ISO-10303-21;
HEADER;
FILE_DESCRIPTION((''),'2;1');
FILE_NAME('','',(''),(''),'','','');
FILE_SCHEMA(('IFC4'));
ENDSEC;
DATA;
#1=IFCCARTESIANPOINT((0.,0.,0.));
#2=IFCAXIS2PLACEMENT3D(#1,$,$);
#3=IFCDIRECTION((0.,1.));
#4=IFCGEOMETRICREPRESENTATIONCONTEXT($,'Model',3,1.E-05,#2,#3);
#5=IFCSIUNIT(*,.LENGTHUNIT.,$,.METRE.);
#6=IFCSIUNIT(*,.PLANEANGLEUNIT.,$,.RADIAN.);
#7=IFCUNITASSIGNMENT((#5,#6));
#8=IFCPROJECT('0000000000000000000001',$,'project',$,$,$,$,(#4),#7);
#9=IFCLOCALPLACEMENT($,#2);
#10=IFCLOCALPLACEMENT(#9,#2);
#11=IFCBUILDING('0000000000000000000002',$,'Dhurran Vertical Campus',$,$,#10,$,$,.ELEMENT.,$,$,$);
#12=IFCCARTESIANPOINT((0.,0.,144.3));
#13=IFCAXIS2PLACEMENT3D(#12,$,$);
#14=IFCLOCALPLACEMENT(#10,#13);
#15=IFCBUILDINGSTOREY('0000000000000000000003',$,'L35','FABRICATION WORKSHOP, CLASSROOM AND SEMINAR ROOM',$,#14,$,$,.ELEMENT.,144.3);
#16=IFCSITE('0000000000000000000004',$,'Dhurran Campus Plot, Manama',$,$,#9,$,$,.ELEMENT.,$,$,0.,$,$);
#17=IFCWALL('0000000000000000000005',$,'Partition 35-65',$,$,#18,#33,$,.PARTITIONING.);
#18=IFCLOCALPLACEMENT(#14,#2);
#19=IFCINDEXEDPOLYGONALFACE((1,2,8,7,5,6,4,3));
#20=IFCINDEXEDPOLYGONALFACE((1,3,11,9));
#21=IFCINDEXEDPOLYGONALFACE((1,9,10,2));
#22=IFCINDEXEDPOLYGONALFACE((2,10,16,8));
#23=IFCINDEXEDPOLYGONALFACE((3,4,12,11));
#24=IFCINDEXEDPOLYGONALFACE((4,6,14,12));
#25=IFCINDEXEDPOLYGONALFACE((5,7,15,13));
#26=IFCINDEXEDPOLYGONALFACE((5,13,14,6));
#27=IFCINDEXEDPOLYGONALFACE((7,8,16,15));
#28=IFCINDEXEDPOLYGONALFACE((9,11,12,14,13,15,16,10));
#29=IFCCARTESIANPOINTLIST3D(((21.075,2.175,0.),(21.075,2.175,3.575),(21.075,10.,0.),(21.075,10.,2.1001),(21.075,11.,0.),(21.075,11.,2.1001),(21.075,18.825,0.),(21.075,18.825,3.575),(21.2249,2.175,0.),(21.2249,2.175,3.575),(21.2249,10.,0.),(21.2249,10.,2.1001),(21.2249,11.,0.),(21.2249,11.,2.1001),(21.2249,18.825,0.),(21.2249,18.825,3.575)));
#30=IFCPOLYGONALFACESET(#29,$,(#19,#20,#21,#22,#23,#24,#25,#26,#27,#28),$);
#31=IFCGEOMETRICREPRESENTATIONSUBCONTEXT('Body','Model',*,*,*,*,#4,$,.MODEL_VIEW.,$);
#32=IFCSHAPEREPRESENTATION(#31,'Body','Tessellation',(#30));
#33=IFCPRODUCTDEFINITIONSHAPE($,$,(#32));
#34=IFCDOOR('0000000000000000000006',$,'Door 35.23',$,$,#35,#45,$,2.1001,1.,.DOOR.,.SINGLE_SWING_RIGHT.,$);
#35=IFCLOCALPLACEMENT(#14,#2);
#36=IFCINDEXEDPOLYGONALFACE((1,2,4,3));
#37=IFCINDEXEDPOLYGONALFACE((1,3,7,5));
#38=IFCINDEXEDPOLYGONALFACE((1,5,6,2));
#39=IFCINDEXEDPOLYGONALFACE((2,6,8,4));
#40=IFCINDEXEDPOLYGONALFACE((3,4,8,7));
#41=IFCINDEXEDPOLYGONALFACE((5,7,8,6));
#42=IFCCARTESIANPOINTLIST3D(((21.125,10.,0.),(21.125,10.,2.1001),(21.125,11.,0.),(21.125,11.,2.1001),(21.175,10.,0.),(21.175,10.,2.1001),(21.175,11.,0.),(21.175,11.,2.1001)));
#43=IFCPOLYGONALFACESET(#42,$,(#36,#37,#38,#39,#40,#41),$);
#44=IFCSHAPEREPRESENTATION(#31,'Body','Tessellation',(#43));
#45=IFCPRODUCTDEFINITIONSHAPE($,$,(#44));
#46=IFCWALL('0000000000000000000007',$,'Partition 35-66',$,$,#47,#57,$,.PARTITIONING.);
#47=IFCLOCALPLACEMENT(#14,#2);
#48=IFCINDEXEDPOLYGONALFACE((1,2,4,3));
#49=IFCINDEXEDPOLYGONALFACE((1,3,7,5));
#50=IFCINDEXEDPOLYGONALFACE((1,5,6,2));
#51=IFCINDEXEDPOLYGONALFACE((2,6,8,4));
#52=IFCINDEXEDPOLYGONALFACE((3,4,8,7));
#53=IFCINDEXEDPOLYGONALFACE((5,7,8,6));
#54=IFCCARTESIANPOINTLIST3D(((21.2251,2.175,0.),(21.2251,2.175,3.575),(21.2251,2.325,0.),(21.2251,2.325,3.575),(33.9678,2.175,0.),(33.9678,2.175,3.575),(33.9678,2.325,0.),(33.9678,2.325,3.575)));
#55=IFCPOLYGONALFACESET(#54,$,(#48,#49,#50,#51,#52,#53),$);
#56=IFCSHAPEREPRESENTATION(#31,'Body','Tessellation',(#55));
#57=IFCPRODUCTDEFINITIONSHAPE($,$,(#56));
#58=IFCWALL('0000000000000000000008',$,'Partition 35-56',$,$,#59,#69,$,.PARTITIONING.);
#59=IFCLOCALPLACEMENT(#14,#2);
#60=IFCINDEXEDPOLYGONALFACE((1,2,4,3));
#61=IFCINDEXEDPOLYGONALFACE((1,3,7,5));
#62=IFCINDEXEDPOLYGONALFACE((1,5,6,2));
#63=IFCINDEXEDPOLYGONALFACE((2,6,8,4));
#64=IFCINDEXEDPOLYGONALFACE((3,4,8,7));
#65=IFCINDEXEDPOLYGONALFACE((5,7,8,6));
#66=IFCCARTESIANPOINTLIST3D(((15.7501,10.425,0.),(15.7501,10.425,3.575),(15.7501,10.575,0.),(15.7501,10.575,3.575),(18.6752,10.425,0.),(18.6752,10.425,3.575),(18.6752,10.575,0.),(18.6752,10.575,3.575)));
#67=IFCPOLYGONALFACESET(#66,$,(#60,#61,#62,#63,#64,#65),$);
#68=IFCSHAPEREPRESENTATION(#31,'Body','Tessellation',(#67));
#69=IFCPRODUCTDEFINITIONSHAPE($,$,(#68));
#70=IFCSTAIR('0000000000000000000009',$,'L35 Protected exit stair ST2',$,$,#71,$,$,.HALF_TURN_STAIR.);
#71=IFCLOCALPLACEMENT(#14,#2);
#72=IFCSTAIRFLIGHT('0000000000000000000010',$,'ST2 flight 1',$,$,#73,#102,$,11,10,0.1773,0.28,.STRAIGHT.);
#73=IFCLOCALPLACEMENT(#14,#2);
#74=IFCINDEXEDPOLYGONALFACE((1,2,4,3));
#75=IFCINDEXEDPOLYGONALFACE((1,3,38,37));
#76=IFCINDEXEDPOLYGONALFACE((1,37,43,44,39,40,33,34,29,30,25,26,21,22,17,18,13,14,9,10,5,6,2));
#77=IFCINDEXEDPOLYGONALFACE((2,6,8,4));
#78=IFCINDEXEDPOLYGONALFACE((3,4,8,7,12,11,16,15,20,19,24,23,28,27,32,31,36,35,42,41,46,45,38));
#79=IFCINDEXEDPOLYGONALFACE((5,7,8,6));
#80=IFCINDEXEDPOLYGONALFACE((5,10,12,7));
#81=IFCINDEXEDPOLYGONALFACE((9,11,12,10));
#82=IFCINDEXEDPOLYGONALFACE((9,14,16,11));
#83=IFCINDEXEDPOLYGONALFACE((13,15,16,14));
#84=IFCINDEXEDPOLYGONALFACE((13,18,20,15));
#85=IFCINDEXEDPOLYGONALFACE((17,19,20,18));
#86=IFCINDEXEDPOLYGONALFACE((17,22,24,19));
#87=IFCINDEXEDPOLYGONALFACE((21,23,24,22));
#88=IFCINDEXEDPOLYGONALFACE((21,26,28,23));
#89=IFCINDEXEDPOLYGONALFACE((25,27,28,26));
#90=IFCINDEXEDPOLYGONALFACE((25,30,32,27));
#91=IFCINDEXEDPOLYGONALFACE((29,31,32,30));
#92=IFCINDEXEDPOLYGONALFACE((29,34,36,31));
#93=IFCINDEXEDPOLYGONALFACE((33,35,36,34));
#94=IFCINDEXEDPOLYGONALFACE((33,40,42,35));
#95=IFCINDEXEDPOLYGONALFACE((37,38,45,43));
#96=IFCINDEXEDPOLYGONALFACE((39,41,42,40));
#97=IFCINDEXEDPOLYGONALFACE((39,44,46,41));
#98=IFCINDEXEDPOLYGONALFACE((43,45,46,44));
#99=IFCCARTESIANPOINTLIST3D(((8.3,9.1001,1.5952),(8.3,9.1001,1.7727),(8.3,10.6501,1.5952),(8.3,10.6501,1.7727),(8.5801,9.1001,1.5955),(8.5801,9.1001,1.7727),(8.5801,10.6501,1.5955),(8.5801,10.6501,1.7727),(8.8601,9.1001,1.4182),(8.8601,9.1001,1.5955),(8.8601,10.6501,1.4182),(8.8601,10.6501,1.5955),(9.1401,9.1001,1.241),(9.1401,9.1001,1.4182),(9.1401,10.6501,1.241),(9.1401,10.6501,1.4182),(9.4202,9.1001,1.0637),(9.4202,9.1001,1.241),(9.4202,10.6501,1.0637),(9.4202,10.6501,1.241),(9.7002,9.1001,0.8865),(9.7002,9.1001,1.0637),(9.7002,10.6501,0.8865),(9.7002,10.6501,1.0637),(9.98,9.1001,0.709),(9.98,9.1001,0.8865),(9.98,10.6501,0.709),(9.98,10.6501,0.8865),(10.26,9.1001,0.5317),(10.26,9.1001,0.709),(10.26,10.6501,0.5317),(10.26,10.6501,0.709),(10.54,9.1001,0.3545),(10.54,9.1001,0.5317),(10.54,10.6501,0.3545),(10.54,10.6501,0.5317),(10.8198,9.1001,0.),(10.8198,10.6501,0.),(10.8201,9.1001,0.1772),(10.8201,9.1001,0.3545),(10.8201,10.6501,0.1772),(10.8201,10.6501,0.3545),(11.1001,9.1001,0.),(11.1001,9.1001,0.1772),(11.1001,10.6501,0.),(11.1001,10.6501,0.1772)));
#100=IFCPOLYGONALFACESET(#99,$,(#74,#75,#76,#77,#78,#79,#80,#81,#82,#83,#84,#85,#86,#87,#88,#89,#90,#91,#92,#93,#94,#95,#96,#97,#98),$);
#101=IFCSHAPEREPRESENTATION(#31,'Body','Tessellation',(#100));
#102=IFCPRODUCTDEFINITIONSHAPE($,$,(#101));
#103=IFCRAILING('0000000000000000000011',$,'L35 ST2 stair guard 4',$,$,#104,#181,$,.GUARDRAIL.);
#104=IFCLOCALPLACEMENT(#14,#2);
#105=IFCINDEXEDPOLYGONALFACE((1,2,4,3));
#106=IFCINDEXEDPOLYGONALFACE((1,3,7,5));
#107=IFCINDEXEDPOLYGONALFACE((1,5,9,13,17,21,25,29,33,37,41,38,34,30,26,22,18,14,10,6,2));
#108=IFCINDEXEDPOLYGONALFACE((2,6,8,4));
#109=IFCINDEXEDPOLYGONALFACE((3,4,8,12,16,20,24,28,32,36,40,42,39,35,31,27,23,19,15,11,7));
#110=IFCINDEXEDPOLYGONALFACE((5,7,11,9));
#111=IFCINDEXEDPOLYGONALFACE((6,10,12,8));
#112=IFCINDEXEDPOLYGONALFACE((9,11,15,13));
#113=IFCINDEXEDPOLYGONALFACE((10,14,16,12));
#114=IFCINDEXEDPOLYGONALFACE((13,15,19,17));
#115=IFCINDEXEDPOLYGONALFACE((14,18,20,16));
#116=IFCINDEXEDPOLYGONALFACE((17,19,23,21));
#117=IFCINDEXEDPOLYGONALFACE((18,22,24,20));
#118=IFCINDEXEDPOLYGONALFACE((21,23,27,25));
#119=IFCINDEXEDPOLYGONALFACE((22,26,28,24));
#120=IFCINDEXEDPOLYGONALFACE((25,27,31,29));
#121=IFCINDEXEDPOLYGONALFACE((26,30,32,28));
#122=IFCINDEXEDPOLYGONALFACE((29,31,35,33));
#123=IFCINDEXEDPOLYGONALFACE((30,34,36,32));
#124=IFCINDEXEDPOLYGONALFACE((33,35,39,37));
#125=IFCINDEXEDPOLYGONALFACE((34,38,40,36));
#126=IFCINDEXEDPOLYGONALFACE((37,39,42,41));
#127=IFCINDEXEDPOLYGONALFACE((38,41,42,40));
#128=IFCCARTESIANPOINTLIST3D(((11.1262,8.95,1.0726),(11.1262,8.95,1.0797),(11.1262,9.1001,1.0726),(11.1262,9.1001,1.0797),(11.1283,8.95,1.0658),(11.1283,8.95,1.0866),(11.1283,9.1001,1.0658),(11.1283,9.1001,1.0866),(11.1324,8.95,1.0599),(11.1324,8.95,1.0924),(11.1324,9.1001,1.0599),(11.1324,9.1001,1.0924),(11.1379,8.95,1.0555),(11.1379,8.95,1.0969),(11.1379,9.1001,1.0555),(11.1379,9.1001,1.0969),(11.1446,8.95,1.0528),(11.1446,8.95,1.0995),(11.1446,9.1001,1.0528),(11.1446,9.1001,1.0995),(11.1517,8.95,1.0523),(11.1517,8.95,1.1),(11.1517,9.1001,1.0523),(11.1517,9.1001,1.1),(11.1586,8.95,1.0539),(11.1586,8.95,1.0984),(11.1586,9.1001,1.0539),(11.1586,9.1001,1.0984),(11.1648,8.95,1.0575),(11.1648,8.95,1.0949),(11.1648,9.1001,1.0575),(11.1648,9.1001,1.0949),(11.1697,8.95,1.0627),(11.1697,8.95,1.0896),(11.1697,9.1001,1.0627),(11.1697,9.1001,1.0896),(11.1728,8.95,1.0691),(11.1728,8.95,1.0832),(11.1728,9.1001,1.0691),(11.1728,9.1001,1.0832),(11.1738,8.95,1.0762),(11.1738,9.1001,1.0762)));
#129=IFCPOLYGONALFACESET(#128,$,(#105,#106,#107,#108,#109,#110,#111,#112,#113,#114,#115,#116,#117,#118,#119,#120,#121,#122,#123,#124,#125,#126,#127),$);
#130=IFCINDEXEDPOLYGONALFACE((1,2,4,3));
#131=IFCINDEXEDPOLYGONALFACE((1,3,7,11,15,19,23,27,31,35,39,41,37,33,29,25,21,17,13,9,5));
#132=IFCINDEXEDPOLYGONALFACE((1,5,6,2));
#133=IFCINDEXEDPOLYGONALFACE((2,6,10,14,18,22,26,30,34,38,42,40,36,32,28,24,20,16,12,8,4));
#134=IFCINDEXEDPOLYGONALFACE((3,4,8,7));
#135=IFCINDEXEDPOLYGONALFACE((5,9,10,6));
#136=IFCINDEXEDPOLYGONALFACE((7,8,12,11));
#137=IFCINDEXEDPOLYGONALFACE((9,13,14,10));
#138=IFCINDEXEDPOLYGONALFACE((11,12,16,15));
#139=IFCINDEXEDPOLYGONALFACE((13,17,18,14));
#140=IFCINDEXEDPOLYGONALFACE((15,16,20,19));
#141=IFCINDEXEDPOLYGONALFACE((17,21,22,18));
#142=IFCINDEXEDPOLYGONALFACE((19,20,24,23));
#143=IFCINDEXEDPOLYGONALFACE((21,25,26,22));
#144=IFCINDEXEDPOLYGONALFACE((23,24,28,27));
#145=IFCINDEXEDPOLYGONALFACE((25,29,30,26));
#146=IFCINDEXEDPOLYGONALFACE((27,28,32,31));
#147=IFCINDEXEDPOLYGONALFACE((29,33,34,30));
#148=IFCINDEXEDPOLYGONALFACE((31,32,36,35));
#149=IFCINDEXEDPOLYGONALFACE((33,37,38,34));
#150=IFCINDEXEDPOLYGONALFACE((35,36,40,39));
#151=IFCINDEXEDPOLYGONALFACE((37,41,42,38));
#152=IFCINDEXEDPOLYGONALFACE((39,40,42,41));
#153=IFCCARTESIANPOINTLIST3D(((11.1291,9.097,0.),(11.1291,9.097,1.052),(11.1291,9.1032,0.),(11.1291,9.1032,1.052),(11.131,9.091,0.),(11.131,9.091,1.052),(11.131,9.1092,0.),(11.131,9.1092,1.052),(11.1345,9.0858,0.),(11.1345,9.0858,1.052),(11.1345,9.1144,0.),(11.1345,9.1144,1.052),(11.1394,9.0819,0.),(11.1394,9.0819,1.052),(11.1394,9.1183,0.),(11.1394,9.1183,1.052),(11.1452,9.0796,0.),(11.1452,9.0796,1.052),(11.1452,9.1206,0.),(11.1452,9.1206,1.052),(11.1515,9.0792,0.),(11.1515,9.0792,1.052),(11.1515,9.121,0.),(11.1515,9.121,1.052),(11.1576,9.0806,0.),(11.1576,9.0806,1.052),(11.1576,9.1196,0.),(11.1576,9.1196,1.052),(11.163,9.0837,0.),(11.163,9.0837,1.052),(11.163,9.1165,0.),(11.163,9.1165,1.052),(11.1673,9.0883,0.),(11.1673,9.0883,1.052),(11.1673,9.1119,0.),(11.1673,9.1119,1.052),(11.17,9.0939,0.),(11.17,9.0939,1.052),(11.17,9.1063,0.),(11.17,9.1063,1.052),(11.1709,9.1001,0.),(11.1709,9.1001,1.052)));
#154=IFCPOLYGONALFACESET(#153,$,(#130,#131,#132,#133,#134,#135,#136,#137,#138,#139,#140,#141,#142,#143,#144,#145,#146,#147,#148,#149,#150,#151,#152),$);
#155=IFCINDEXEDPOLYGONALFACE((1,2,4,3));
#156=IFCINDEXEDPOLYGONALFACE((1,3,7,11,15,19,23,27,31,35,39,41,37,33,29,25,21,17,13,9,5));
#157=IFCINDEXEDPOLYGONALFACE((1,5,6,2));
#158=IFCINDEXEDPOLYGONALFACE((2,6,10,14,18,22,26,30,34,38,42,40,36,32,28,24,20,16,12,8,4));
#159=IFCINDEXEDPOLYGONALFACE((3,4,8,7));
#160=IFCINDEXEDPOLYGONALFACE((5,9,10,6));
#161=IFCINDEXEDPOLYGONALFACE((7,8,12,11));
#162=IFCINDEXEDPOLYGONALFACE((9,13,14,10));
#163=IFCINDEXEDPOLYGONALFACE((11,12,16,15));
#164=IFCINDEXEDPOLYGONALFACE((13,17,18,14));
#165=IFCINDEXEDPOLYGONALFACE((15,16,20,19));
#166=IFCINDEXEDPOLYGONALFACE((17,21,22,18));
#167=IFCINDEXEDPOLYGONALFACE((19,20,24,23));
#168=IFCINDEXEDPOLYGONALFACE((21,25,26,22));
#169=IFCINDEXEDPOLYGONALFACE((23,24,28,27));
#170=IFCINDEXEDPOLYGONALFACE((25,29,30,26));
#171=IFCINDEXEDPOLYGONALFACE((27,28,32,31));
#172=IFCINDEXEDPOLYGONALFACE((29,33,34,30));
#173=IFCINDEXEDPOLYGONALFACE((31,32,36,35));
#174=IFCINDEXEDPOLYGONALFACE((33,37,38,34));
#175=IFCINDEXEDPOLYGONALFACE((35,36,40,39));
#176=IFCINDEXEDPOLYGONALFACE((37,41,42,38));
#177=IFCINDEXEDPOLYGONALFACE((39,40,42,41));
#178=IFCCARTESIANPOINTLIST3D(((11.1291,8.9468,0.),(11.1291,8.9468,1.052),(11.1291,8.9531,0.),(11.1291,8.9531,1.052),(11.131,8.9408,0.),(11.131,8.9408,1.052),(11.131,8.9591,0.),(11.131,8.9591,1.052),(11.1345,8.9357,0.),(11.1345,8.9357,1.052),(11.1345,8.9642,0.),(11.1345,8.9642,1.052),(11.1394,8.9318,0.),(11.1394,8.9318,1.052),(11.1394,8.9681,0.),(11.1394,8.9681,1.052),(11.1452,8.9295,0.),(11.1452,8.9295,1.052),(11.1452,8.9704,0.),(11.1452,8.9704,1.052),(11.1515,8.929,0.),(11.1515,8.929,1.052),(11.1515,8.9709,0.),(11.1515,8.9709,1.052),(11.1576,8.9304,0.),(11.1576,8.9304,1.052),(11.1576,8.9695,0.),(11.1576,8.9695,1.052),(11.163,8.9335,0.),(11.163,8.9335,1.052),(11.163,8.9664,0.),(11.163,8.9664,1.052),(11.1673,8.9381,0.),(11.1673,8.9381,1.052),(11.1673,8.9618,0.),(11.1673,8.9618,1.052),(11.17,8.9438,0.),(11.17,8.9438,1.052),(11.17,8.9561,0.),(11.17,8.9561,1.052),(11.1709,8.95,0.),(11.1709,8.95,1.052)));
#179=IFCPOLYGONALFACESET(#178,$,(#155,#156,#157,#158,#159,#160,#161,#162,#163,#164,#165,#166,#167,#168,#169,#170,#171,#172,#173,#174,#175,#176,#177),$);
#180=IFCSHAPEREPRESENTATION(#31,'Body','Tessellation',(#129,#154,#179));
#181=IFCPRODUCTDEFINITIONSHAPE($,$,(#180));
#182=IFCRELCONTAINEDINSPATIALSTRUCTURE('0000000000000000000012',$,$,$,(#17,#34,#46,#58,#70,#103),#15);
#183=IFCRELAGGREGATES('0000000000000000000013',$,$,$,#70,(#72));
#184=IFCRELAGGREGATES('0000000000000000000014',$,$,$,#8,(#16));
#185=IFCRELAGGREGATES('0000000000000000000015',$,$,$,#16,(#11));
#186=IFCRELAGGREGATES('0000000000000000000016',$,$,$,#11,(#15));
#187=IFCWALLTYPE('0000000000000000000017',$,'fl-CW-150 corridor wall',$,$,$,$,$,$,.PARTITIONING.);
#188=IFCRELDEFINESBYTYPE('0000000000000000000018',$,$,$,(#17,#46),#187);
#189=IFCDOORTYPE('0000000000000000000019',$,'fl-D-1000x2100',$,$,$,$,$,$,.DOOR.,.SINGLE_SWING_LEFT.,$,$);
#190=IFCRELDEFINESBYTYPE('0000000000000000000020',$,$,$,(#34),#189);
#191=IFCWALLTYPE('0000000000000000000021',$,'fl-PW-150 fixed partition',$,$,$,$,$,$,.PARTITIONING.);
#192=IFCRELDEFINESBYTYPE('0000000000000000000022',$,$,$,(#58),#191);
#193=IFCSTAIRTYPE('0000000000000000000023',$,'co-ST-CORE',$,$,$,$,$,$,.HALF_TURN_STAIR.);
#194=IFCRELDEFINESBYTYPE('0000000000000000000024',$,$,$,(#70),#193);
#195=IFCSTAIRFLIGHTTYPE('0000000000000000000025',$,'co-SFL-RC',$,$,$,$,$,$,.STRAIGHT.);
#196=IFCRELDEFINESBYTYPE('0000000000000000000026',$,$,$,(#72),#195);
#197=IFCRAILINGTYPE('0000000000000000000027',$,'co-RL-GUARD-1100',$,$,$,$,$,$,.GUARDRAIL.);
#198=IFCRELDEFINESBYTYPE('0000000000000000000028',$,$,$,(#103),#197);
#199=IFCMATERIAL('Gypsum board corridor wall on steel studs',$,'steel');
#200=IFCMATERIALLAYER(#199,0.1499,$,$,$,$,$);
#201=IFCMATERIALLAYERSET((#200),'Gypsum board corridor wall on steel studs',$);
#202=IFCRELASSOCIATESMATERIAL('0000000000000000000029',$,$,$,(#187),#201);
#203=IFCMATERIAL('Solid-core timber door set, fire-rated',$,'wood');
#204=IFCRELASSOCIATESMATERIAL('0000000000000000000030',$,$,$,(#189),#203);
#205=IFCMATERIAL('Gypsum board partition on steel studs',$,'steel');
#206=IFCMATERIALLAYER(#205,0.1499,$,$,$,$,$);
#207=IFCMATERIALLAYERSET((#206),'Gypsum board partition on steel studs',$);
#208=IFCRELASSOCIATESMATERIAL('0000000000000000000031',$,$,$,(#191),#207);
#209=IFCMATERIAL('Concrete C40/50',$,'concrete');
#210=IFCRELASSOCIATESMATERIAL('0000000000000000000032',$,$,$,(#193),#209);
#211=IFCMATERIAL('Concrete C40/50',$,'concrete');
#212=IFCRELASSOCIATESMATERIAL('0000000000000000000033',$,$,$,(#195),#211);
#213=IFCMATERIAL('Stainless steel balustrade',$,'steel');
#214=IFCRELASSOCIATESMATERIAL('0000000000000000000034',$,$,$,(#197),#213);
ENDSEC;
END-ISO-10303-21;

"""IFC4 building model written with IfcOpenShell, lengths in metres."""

from ifc_helpers import new_model, si_unit, direction, frame, frame_2d, origin, origin_2d, place, context, subcontext, project, spatial, polyline, rectangle, circle, outline, extrude, material, layer, layer_set, type_object, element, fill, aggregate, save


model = new_model("IFC4")

# Units and contexts
model_context = context("Model", 3, precision=1e-05, world=origin(), true_north=direction((0.0, 1.0)))
body_context = subcontext(model_context, "Body", "Model", "MODEL_VIEW")
ifc_project = project(units=[si_unit("LENGTHUNIT", "METRE"), si_unit("PLANEANGLEUNIT", "RADIAN")], contexts=[model_context])

# Site, building, storey
site_placement = place(None, origin())
site = spatial("IfcSite", under=ifc_project, at=site_placement, Name="Dhurran Campus Plot, Manama", CompositionType="ELEMENT", RefElevation=0.0)
building_placement = place(site_placement, origin())
building = spatial("IfcBuilding", under=site, at=building_placement, Name="Dhurran Vertical Campus", CompositionType="ELEMENT")
storey_placement = place(building_placement, frame((0.0, 0.0, 144.3)))
storey = spatial("IfcBuildingStorey", under=building, at=storey_placement, Name="L35", Description="FABRICATION WORKSHOP, CLASSROOM AND SEMINAR ROOM", CompositionType="ELEMENT", Elevation=144.3)

# Shared definitions
ifc_material_1 = material(Name="Gypsum board corridor wall on steel studs", Category="steel")
ifc_layer_1 = layer(ifc_material_1, 0.1499)
ifc_layer_set_1 = layer_set([ifc_layer_1], Name="Gypsum board corridor wall on steel studs")
wall_type_1 = type_object("IfcWallType", Name="fl-CW-150 corridor wall", PredefinedType="PARTITIONING", material=ifc_layer_set_1)

# Wall, opening, door
ifc_material_2 = material(Name="Solid-core timber door set, fire-rated", Category="wood")
door_type_1 = type_object("IfcDoorType", Name="fl-D-1000x2100", OperationType="SINGLE_SWING_LEFT", PredefinedType="DOOR", material=ifc_material_2)
wall_1_placement = place(storey_placement, frame((21.1499, 2.175, 0.0), z_axis=(0.0, 0.0, 1.0), x_axis=(0.0, 1.0, 0.0)))
wall_1 = element("IfcWall", 1, at=wall_1_placement, inside=storey, type_object=wall_type_1, Name="Partition 35-65", PredefinedType="PARTITIONING", context=body_context, shape_type="SweptSolid", body=[
    extrude(rectangle(XDim=16.6499, YDim=0.1499, at=frame_2d((8.325, 0.0))), origin(), (0.0, 0.0, 1.0), 3.575),
])
opening_1_placement = place(wall_1_placement, frame((7.825, 0.0, 0.0)))
opening_1 = element("IfcOpeningElement", 2, at=opening_1_placement, cuts=wall_1, PredefinedType="OPENING", context=body_context, shape_type="SweptSolid", body=[
    extrude(rectangle(XDim=1.0, YDim=2.1001, at=frame_2d((0.5, 1.05))), frame((0.0, 0.085, 0.0), z_axis=(0.0, -1.0, 0.0), x_axis=(1.0, 0.0, 0.0)), (0.0, 0.0, 1.0), 0.1699),
])
door_1_placement = place(opening_1_placement, origin())
door_1 = element("IfcDoor", 3, at=door_1_placement, inside=storey, type_object=door_type_1, Name="Door 35.23", OperationType="SINGLE_SWING_RIGHT", OverallHeight=2.1001, OverallWidth=1.0, PredefinedType="DOOR", context=body_context, shape_type="SweptSolid", body=[
    extrude(rectangle(XDim=1.0, YDim=2.1001, at=frame_2d((0.5, 1.05))), frame((0.0, 0.0249, 0.0), z_axis=(0.0, -1.0, 0.0), x_axis=(1.0, 0.0, 0.0)), (0.0, 0.0, 1.0), 0.05),
])
fill(opening_1, door_1)

# Walls
wall_2_placement = place(storey_placement, frame((21.2251, 2.25, 0.0), z_axis=(0.0, 0.0, 1.0), x_axis=(1.0, 0.0, 0.0)))
element("IfcWall", 4, at=wall_2_placement, inside=storey, type_object=wall_type_1, Name="Partition 35-66", PredefinedType="PARTITIONING", context=body_context, shape_type="SweptSolid", body=[
    extrude(rectangle(XDim=12.7427, YDim=0.1499, at=frame_2d((6.3713, 0.0))), origin(), (0.0, 0.0, 1.0), 3.575),
])
ifc_material_3 = material(Name="Gypsum board partition on steel studs", Category="steel")
ifc_layer_2 = layer(ifc_material_3, 0.1499)
ifc_layer_set_2 = layer_set([ifc_layer_2], Name="Gypsum board partition on steel studs")
wall_type_2 = type_object("IfcWallType", Name="fl-PW-150 fixed partition", PredefinedType="PARTITIONING", material=ifc_layer_set_2)
wall_3_placement = place(storey_placement, frame((18.675, 10.5, 0.0), z_axis=(0.0, 0.0, 1.0), x_axis=(-1.0, 0.0, 0.0)))
element("IfcWall", 5, at=wall_3_placement, inside=storey, type_object=wall_type_2, Name="Partition 35-56", PredefinedType="PARTITIONING", context=body_context, shape_type="SweptSolid", body=[
    extrude(rectangle(XDim=2.925, YDim=0.1499, at=frame_2d((1.4624, 0.0))), origin(), (0.0, 0.0, 1.0), 3.575),
])

# Stair, stair flight
ifc_material_4 = material(Name="Concrete C40/50", Category="concrete")
stair_type = type_object("IfcStairType", Name="co-ST-CORE", PredefinedType="HALF_TURN_STAIR", material=ifc_material_4)
stair_placement = place(storey_placement, origin())
stair = element("IfcStair", 6, at=stair_placement, inside=storey, type_object=stair_type, Name="L35 Protected exit stair ST2", PredefinedType="HALF_TURN_STAIR")
ifc_material_5 = material(Name="Concrete C40/50", Category="concrete")
stair_flight_type = type_object("IfcStairFlightType", Name="co-SFL-RC", PredefinedType="STRAIGHT", material=ifc_material_5)
stair_flight_placement = place(storey_placement, frame((11.1001, 9.875, 0.0), z_axis=(0.0, 0.0, 1.0), x_axis=(-1.0, 0.0, 0.0)))
stair_flight = element("IfcStairFlight", 7, at=stair_flight_placement, type_object=stair_flight_type, Name="ST2 flight 1", NumberOfRisers=11, NumberOfTreads=10, PredefinedType="STRAIGHT", RiserHeight=0.1773, TreadLength=0.28, context=body_context, shape_type="SweptSolid", body=[
    extrude(outline(polyline([(0.0, 0.0), (0.0, 0.1772), (0.28, 0.1772), (0.28, 0.3545), (0.5601, 0.3545), (0.5601, 0.5317), (0.8401, 0.5317), (0.8401, 0.709), (1.1201, 0.709), (1.1201, 0.8865), (1.3999, 0.8865), (1.3999, 1.0637), (1.6799, 1.0637), (1.6799, 1.241), (1.96, 1.241), (1.96, 1.4182), (2.24, 1.4182), (2.24, 1.5955), (2.52, 1.5955), (2.52, 1.7727), (2.8, 1.7727), (2.8, 1.95), (2.8, 1.5952), (0.2803, 0.0), (0.0, 0.0)])), frame((0.0, 0.7749, 0.0), z_axis=(0.0, -1.0, 0.0), x_axis=(1.0, 0.0, 0.0)), (0.0, 0.0, 1.0), 1.55),
])
aggregate(stair, [stair_flight])

# Railing
ifc_material_6 = material(Name="Stainless steel balustrade", Category="steel")
railing_type_1 = type_object("IfcRailingType", Name="co-RL-GUARD-1100", PredefinedType="GUARDRAIL", material=ifc_material_6)
railing_1_placement = place(storey_placement, frame((11.1499, 9.1001, 0.0)))
element("IfcRailing", 8, at=railing_1_placement, inside=storey, type_object=railing_type_1, Name="L35 ST2 stair guard 4", PredefinedType="GUARDRAIL", context=body_context, shape_type="SweptSolid", body=[
    extrude(circle(Radius=0.0239, at=origin_2d()), frame((0.0, 0.0, 1.0762), z_axis=(0.0, -1.0, 0.0), x_axis=(1.0, 0.0, 0.0)), (0.0, 0.0, 1.0), 0.1501),
    extrude(circle(Radius=0.021, at=origin_2d()), origin(), (0.0, 0.0, 1.0), 1.052),
    extrude(circle(Radius=0.021, at=origin_2d()), frame((0.0, -0.1501, 0.0)), (0.0, 0.0, 1.0), 1.052),
])

save(model, "model.ifc")
